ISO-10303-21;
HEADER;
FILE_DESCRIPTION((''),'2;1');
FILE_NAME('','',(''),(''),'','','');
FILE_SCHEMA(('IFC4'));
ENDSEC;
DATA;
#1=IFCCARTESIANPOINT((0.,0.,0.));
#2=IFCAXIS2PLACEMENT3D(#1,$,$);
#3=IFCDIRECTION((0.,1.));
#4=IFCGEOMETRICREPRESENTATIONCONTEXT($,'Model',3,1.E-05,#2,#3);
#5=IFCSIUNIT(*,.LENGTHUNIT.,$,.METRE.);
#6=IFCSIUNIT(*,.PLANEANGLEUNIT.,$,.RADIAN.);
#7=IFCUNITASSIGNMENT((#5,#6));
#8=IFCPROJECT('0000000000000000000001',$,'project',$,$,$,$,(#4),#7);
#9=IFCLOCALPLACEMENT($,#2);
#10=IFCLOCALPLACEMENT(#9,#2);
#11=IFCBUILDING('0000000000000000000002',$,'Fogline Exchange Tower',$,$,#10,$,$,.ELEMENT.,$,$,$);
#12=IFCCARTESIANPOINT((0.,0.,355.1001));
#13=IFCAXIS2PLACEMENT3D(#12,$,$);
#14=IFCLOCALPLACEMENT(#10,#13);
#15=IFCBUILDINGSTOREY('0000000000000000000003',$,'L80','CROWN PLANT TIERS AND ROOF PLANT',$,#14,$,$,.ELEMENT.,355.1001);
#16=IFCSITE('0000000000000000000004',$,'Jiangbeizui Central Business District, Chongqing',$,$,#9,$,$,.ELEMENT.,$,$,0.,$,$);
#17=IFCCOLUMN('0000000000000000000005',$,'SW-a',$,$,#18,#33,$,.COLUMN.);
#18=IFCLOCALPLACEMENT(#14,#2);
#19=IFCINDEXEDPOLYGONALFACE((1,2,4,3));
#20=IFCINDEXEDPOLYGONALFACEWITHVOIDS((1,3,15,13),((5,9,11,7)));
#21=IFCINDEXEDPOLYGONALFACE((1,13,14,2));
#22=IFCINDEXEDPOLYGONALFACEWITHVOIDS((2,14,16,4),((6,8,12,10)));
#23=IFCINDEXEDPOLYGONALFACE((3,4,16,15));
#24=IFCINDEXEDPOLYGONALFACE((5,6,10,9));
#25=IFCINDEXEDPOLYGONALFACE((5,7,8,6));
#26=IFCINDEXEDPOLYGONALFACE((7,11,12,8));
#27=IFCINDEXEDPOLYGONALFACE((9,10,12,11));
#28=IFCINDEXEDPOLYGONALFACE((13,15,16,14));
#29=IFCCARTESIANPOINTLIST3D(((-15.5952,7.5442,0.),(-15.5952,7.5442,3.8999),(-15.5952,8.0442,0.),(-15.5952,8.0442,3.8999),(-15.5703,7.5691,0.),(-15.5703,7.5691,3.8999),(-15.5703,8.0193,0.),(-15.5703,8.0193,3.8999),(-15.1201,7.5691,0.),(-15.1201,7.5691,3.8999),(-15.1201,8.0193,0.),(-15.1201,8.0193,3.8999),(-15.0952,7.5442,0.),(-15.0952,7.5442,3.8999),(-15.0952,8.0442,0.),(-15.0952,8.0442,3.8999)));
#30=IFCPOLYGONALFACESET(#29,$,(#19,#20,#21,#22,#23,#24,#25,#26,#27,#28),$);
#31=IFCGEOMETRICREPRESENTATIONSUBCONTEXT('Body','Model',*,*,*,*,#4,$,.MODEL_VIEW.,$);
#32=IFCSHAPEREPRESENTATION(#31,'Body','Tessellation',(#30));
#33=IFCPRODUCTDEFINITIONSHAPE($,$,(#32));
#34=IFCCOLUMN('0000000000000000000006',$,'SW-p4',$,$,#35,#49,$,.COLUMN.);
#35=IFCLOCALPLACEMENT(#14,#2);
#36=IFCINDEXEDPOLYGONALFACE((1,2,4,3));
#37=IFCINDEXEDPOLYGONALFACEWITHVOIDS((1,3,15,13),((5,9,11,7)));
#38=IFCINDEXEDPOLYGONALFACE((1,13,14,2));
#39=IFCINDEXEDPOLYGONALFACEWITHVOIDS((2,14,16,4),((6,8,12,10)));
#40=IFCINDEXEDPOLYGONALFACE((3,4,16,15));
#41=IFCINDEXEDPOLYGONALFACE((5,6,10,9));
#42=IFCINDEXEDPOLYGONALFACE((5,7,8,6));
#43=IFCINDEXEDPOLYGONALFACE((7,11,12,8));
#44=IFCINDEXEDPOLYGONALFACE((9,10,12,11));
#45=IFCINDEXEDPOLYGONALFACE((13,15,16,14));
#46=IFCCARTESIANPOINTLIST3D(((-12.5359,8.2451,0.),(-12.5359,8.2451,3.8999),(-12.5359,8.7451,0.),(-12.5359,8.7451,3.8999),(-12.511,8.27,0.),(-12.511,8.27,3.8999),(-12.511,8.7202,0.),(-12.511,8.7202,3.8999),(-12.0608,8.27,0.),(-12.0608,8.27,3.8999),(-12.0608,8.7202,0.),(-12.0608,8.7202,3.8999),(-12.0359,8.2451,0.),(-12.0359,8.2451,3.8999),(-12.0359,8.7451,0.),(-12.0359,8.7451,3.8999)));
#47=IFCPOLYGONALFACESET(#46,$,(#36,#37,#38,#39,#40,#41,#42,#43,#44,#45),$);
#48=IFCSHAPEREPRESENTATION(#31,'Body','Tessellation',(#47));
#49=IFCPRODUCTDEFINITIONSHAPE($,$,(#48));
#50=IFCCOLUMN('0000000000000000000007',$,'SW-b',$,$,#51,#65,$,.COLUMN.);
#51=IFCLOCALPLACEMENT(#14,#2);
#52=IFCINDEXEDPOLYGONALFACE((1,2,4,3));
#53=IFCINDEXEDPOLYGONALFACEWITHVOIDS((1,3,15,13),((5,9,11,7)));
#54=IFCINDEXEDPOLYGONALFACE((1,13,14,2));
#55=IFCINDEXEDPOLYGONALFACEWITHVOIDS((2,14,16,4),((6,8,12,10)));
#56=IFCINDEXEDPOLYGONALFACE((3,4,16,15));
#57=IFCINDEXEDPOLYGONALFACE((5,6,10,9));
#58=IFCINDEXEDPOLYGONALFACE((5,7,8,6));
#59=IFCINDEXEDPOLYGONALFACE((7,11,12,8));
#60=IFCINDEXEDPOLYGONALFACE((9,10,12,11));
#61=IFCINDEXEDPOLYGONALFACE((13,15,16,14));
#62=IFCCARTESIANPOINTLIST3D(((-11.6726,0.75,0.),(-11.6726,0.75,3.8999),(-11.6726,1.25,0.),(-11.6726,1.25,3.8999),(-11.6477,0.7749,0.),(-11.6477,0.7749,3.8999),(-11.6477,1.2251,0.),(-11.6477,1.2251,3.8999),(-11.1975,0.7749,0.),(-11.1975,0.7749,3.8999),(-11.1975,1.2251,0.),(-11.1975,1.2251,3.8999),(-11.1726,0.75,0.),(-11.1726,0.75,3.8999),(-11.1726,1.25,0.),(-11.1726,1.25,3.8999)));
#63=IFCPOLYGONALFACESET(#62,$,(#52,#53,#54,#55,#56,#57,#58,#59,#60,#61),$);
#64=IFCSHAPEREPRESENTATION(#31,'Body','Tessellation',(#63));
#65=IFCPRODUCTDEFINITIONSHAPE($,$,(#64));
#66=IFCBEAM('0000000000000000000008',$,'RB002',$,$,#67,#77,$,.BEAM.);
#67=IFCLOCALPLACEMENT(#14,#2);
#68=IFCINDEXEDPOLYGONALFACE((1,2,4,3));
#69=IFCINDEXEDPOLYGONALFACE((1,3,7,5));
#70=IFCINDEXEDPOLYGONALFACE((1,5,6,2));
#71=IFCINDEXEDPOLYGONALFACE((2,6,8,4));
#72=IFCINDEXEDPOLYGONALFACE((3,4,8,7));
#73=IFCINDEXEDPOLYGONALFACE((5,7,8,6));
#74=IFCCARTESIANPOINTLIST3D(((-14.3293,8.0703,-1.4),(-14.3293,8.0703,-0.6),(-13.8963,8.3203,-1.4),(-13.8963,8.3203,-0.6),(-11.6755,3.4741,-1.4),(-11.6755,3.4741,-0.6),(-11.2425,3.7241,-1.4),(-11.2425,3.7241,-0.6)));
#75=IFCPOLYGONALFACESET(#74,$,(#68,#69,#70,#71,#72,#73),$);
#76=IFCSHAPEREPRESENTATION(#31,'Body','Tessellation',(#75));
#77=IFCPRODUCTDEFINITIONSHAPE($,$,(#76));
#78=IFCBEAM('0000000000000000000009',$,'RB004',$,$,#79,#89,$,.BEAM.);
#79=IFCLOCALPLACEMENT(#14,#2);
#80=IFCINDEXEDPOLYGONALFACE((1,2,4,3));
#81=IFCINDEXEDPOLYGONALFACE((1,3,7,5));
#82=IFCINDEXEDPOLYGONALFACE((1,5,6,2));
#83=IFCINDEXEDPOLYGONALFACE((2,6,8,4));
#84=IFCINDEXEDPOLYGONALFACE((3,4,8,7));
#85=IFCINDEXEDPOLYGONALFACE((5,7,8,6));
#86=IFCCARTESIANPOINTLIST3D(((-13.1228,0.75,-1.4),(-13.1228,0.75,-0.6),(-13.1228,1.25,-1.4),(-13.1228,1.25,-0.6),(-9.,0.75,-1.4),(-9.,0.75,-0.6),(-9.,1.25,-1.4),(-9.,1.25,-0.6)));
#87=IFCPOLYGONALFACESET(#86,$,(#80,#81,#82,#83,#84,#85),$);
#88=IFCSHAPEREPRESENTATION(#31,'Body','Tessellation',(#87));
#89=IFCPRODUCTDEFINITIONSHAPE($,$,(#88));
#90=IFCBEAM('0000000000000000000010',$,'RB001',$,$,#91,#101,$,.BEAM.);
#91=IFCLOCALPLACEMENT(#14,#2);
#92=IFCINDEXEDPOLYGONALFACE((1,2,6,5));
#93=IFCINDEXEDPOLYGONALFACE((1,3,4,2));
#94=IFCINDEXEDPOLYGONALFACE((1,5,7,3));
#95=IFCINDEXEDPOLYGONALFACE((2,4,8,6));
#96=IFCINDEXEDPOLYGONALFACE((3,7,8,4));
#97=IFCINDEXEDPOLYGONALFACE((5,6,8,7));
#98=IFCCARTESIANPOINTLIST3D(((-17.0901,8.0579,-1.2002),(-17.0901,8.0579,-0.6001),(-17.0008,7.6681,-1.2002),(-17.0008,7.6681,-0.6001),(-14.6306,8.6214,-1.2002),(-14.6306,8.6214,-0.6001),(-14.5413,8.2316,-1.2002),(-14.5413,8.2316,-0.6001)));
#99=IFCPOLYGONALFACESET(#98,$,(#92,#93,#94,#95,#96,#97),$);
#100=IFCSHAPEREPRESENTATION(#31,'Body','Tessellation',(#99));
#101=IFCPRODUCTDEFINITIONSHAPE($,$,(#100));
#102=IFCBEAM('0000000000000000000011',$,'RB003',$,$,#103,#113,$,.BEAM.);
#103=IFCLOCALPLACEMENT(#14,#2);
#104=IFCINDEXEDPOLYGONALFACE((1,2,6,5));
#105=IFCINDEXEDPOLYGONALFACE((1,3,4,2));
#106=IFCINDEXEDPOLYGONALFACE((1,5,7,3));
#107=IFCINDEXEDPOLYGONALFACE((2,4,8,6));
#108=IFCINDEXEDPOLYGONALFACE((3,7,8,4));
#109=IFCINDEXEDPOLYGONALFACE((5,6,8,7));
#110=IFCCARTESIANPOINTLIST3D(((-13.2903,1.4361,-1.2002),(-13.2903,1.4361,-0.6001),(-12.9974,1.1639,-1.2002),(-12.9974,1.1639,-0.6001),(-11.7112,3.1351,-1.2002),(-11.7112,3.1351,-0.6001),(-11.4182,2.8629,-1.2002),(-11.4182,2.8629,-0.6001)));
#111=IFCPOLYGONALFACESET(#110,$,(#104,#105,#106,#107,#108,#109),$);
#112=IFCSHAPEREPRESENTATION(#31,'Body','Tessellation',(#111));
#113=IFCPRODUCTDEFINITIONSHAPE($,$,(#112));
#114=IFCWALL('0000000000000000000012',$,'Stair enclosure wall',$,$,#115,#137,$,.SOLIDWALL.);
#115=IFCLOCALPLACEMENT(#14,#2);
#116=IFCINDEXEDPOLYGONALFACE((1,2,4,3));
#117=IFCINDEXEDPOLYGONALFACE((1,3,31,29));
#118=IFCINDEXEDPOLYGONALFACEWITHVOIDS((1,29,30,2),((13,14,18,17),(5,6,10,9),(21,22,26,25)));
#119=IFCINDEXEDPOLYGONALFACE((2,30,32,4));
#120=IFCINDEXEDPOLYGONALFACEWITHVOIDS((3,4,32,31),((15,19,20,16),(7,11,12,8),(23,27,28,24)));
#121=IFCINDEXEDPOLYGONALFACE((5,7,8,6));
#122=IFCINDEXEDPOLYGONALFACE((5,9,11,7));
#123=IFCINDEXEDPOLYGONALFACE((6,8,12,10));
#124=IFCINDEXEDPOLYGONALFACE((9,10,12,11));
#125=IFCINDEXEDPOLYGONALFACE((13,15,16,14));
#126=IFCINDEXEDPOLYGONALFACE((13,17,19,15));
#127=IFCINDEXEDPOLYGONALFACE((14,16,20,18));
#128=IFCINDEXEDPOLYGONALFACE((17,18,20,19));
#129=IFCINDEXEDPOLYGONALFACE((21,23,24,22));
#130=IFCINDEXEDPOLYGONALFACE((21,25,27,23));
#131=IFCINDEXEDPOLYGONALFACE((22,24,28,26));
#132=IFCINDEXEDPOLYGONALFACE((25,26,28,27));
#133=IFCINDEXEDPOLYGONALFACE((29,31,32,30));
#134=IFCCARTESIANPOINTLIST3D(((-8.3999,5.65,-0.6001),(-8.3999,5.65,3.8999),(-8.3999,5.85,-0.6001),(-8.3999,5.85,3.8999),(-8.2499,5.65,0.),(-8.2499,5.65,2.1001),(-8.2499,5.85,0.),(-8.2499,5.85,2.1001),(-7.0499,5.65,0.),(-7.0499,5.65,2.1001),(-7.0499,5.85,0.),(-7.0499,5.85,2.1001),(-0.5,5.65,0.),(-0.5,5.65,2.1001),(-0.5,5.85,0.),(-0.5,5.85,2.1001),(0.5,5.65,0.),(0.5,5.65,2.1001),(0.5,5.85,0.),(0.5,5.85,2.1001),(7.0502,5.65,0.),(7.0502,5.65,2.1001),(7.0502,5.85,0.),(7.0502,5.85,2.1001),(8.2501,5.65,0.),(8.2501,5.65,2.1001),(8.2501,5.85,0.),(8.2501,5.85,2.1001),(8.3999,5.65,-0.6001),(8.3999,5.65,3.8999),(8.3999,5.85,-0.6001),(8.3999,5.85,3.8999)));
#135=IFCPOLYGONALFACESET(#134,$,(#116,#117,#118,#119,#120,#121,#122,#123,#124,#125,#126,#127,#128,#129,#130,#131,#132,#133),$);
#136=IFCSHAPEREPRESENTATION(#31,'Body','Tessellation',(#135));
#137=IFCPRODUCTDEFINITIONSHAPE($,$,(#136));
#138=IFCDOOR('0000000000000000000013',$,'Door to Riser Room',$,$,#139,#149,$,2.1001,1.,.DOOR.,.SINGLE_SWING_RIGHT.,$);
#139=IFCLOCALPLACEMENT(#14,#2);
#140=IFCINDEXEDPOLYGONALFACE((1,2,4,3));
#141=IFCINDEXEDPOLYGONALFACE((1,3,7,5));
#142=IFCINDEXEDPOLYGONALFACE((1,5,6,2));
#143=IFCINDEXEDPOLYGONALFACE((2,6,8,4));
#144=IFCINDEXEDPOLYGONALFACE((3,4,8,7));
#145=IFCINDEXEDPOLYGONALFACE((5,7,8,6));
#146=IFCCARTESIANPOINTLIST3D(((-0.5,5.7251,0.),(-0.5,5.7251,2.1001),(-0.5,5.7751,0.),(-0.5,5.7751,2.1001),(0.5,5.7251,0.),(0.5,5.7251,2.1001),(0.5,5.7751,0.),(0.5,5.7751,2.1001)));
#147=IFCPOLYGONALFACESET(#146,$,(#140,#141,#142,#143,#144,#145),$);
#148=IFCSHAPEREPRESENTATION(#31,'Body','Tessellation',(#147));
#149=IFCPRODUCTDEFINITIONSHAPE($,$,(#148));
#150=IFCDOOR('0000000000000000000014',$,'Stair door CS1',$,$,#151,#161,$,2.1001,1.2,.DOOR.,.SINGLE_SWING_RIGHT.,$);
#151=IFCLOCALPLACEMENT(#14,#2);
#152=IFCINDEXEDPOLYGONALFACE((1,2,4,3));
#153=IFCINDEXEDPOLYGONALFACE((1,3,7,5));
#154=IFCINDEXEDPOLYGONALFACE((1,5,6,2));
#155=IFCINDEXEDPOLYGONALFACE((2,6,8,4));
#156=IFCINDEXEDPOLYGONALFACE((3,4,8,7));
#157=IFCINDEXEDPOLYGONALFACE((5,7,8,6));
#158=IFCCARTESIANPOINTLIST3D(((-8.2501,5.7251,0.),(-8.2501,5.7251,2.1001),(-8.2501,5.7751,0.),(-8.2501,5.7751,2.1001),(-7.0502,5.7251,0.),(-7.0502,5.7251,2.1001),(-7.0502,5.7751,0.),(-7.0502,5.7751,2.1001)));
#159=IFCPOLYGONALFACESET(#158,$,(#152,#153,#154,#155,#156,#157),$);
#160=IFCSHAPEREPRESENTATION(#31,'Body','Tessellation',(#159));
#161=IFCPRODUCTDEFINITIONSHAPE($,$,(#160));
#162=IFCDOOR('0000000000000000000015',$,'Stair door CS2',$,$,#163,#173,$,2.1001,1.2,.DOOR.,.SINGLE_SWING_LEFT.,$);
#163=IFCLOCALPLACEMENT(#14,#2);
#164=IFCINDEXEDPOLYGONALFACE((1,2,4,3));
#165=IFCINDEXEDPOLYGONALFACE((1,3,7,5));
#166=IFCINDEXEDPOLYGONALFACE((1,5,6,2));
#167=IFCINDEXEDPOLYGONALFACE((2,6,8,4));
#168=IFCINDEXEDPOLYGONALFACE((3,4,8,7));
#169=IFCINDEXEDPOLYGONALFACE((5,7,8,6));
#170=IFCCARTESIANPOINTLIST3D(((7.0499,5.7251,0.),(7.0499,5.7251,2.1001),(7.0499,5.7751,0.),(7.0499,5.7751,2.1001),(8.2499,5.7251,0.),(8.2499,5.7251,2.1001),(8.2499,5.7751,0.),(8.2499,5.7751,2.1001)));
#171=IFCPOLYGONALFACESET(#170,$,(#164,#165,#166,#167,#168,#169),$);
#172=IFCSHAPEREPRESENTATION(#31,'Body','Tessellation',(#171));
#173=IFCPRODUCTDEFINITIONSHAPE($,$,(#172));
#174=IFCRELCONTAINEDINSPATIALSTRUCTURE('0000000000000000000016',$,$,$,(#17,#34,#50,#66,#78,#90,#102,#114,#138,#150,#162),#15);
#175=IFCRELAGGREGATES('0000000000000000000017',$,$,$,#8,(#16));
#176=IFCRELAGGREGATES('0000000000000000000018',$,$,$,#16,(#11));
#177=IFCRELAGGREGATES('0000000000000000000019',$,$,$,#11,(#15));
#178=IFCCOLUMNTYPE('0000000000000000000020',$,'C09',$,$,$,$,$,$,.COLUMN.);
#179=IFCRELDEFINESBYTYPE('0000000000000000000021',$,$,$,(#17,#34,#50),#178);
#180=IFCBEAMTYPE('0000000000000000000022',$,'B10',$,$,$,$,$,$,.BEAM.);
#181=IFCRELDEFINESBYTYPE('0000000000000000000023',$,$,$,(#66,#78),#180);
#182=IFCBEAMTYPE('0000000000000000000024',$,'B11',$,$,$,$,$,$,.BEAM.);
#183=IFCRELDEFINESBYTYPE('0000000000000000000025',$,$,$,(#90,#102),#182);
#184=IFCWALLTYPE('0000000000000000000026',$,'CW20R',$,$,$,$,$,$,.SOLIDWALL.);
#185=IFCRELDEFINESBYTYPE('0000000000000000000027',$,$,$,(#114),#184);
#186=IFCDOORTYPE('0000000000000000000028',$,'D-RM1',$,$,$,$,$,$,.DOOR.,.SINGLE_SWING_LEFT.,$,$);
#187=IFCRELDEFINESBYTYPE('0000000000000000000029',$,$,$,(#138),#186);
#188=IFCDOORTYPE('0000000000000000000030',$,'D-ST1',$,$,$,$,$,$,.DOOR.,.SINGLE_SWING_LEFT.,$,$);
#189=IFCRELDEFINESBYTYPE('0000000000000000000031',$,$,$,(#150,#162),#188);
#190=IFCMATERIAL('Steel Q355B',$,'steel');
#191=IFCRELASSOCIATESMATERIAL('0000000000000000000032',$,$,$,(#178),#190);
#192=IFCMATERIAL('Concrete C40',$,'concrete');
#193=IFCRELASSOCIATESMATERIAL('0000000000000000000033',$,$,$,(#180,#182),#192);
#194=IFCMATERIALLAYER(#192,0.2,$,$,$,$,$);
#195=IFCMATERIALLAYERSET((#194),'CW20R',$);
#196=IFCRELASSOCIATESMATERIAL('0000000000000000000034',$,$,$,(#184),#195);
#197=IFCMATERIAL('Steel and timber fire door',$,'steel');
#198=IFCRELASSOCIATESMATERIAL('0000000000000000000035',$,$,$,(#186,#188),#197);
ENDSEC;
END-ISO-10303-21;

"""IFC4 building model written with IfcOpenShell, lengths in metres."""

from ifc_helpers import new_model, si_unit, direction, frame, frame_2d, origin, origin_2d, place, context, subcontext, project, spatial, rectangle, hollow_rectangle, extrude, material, layer, layer_set, material_profile, profile_set, type_object, element, fill, save


model = new_model("IFC4")

# Units and contexts
model_context = context("Model", 3, precision=1e-05, world=origin(), true_north=direction((0.0, 1.0)))
body_context = subcontext(model_context, "Body", "Model", "MODEL_VIEW")
ifc_project = project(units=[si_unit("LENGTHUNIT", "METRE"), si_unit("PLANEANGLEUNIT", "RADIAN")], contexts=[model_context])

# Site, building, storey
site_placement = place(None, origin())
site = spatial("IfcSite", under=ifc_project, at=site_placement, Name="Jiangbeizui Central Business District, Chongqing", CompositionType="ELEMENT", RefElevation=0.0)
building_placement = place(site_placement, origin())
building = spatial("IfcBuilding", under=site, at=building_placement, Name="Fogline Exchange Tower", CompositionType="ELEMENT")
storey_placement = place(building_placement, frame((0.0, 0.0, 355.1001)))
storey = spatial("IfcBuildingStorey", under=building, at=storey_placement, Name="L80", Description="CROWN PLANT TIERS AND ROOF PLANT", CompositionType="ELEMENT", Elevation=355.1001)

# Columns
ifc_material_1 = material(Name="Steel Q355B", Category="steel")
ifc_material_profile_1 = material_profile(ifc_material_1, hollow_rectangle(XDim=0.5, YDim=0.5, WallThickness=0.0249, at=origin_2d()), Name="BOX500X500X25")
ifc_profile_set_1 = profile_set([ifc_material_profile_1], Name="Steel Q355B")
column_type = type_object("IfcColumnType", Name="C09", PredefinedType="COLUMN", material=ifc_profile_set_1)
for number, where, z_axis, x_axis, name in (
    (1, (-15.3452, 7.7942, 0.0), (0.0, 0.0, 1.0), (1.0, 0.0, 0.0), "SW-a"),
    (2, (-12.2859, 8.4951, 0.0), (0.0, 0.0, 1.0), (1.0, 0.0, 0.0), "SW-p4"),
    (3, (-11.4226, 1.0, 0.0), (0.0, 0.0, 1.0), (1.0, 0.0, 0.0), "SW-b"),
):
    element("IfcColumn", number, at=place(storey_placement, frame(where, z_axis=z_axis, x_axis=x_axis)), inside=storey, type_object=column_type, Name=name, PredefinedType="COLUMN", context=body_context, shape_type="SweptSolid", body=[
        extrude(hollow_rectangle(XDim=0.5, YDim=0.5, WallThickness=0.0249, at=origin_2d()), origin(), (0.0, 0.0, 1.0), 3.8999),
    ])

# Beams
ifc_material_2 = material(Name="Concrete C40", Category="concrete")
ifc_material_profile_2 = material_profile(ifc_material_2, rectangle(XDim=0.5, YDim=0.8, at=origin_2d()), Name="RC 500x800")
ifc_profile_set_2 = profile_set([ifc_material_profile_2], Name="Concrete C40")
beam_type_1 = type_object("IfcBeamType", Name="B10", PredefinedType="BEAM", material=ifc_profile_set_2)
beam_1_placement = place(storey_placement, frame((-14.1128, 8.1953, -1.0), z_axis=(0.500028, -0.866009, 0.0), x_axis=(0.866009, 0.500028, 0.0)))
element("IfcBeam", 4, at=beam_1_placement, inside=storey, type_object=beam_type_1, Name="RB002", PredefinedType="BEAM", context=body_context, shape_type="SweptSolid", body=[
    extrude(rectangle(XDim=0.5, YDim=0.8, at=origin_2d()), origin(), (0.0, 0.0, 1.0), 5.3074),
])
beam_2_placement = place(storey_placement, frame((-13.1228, 1.0, -1.0), z_axis=(1.0, 0.0, 0.0), x_axis=(0.0, 1.0, 0.0)))
element("IfcBeam", 5, at=beam_2_placement, inside=storey, type_object=beam_type_1, Name="RB004", PredefinedType="BEAM", context=body_context, shape_type="SweptSolid", body=[
    extrude(rectangle(XDim=0.5, YDim=0.8, at=origin_2d()), origin(), (0.0, 0.0, 1.0), 4.1228),
])
ifc_material_profile_3 = material_profile(ifc_material_2, rectangle(XDim=0.3999, YDim=0.6001, at=origin_2d()), Name="RC 400x600")
ifc_profile_set_3 = profile_set([ifc_material_profile_3], Name="Concrete C40")
beam_type_2 = type_object("IfcBeamType", Name="B11", PredefinedType="BEAM", material=ifc_profile_set_3)
beam_3_placement = place(storey_placement, frame((-17.0454, 7.863, -0.9001), z_axis=(0.974745, 0.223319, 0.0), x_axis=(-0.223319, 0.974745, 0.0)))
element("IfcBeam", 6, at=beam_3_placement, inside=storey, type_object=beam_type_2, Name="RB001", PredefinedType="BEAM", context=body_context, shape_type="SweptSolid", body=[
    extrude(rectangle(XDim=0.3999, YDim=0.6001, at=origin_2d()), origin(), (0.0, 0.0, 1.0), 2.5232),
])
beam_4_placement = place(storey_placement, frame((-11.5647, 2.999, -0.9001), z_axis=(-0.680794, -0.732475, 0.0), x_axis=(0.732475, -0.680794, 0.0)))
element("IfcBeam", 7, at=beam_4_placement, inside=storey, type_object=beam_type_2, Name="RB003", PredefinedType="BEAM", context=body_context, shape_type="SweptSolid", body=[
    extrude(rectangle(XDim=0.3999, YDim=0.6001, at=origin_2d()), origin(), (0.0, 0.0, 1.0), 2.3196),
])

# Wall, openings, doors
ifc_layer_1 = layer(ifc_material_2, 0.2)
ifc_layer_set_1 = layer_set([ifc_layer_1], Name="CW20R")
wall_type_1 = type_object("IfcWallType", Name="CW20R", PredefinedType="SOLIDWALL", material=ifc_layer_set_1)
wall_1_placement = place(storey_placement, frame((-8.3999, 5.75, -0.6001), z_axis=(0.0, 0.0, 1.0), x_axis=(1.0, 0.0, 0.0)))
wall_1 = element("IfcWall", 8, at=wall_1_placement, inside=storey, type_object=wall_type_1, Name="Stair enclosure wall", PredefinedType="SOLIDWALL", context=body_context, shape_type="SweptSolid", body=[
    extrude(rectangle(XDim=16.7998, YDim=0.2, at=frame_2d((8.3999, 0.0))), origin(), (0.0, 0.0, 1.0), 4.5),
])
opening_1_placement = place(wall_1_placement, frame((7.8999, 0.0, 0.6001)))
opening_1 = element("IfcOpeningElement", 9, at=opening_1_placement, cuts=wall_1, PredefinedType="OPENING", context=body_context, shape_type="SweptSolid", body=[
    extrude(rectangle(XDim=1.0, YDim=2.1001, at=frame_2d((0.5, 1.05))), frame((0.0, 0.1099, 0.0), z_axis=(0.0, -1.0, 0.0), x_axis=(1.0, 0.0, 0.0)), (0.0, 0.0, 1.0), 0.22),
])
opening_2_placement = place(wall_1_placement, frame((0.1499, 0.0, 0.6001)))
opening_2 = element("IfcOpeningElement", 10, at=opening_2_placement, cuts=wall_1, PredefinedType="OPENING", context=body_context, shape_type="SweptSolid", body=[
    extrude(rectangle(XDim=1.2, YDim=2.1001, at=frame_2d((0.6001, 1.05))), frame((0.0, 0.1099, 0.0), z_axis=(0.0, -1.0, 0.0), x_axis=(1.0, 0.0, 0.0)), (0.0, 0.0, 1.0), 0.22),
])
opening_3_placement = place(wall_1_placement, frame((15.45, 0.0, 0.6001)))
opening_3 = element("IfcOpeningElement", 11, at=opening_3_placement, cuts=wall_1, PredefinedType="OPENING", context=body_context, shape_type="SweptSolid", body=[
    extrude(rectangle(XDim=1.2, YDim=2.1001, at=frame_2d((0.6001, 1.05))), frame((0.0, 0.1099, 0.0), z_axis=(0.0, -1.0, 0.0), x_axis=(1.0, 0.0, 0.0)), (0.0, 0.0, 1.0), 0.22),
])
ifc_material_3 = material(Name="Steel and timber fire door", Category="steel")
door_type_1 = type_object("IfcDoorType", Name="D-RM1", OperationType="SINGLE_SWING_LEFT", PredefinedType="DOOR", material=ifc_material_3)
door_1_placement = place(opening_1_placement, frame((1.0, 0.0, 0.0), z_axis=(0.0, 0.0, 1.0), x_axis=(-1.0, 0.0, 0.0)))
door_1 = element("IfcDoor", 12, at=door_1_placement, inside=storey, type_object=door_type_1, Name="Door to Riser Room", OperationType="SINGLE_SWING_RIGHT", OverallHeight=2.1001, OverallWidth=1.0, PredefinedType="DOOR", context=body_context, shape_type="SweptSolid", body=[
    extrude(rectangle(XDim=1.0, YDim=2.1001, at=frame_2d((0.5, 1.05))), frame((0.0, 0.0249, 0.0), z_axis=(0.0, -1.0, 0.0), x_axis=(1.0, 0.0, 0.0)), (0.0, 0.0, 1.0), 0.05),
])
fill(opening_1, door_1)
door_type_2 = type_object("IfcDoorType", Name="D-ST1", OperationType="SINGLE_SWING_LEFT", PredefinedType="DOOR", material=ifc_material_3)
door_2_placement = place(opening_2_placement, frame((1.2, 0.0, 0.0), z_axis=(0.0, 0.0, 1.0), x_axis=(-1.0, 0.0, 0.0)))
door_2 = element("IfcDoor", 13, at=door_2_placement, inside=storey, type_object=door_type_2, Name="Stair door CS1", OperationType="SINGLE_SWING_RIGHT", OverallHeight=2.1001, OverallWidth=1.2, PredefinedType="DOOR", context=body_context, shape_type="SweptSolid", body=[
    extrude(rectangle(XDim=1.2, YDim=2.1001, at=frame_2d((0.6001, 1.05))), frame((0.0, 0.0249, 0.0), z_axis=(0.0, -1.0, 0.0), x_axis=(1.0, 0.0, 0.0)), (0.0, 0.0, 1.0), 0.05),
])
fill(opening_2, door_2)
door_3_placement = place(opening_3_placement, frame((1.2, 0.0, 0.0), z_axis=(0.0, 0.0, 1.0), x_axis=(-1.0, 0.0, 0.0)))
door_3 = element("IfcDoor", 14, at=door_3_placement, inside=storey, type_object=door_type_2, Name="Stair door CS2", OperationType="SINGLE_SWING_LEFT", OverallHeight=2.1001, OverallWidth=1.2, PredefinedType="DOOR", context=body_context, shape_type="SweptSolid", body=[
    extrude(rectangle(XDim=1.2, YDim=2.1001, at=frame_2d((0.6001, 1.05))), frame((0.0, 0.0249, 0.0), z_axis=(0.0, -1.0, 0.0), x_axis=(1.0, 0.0, 0.0)), (0.0, 0.0, 1.0), 0.05),
])
fill(opening_3, door_3)

save(model, "model.ifc")
